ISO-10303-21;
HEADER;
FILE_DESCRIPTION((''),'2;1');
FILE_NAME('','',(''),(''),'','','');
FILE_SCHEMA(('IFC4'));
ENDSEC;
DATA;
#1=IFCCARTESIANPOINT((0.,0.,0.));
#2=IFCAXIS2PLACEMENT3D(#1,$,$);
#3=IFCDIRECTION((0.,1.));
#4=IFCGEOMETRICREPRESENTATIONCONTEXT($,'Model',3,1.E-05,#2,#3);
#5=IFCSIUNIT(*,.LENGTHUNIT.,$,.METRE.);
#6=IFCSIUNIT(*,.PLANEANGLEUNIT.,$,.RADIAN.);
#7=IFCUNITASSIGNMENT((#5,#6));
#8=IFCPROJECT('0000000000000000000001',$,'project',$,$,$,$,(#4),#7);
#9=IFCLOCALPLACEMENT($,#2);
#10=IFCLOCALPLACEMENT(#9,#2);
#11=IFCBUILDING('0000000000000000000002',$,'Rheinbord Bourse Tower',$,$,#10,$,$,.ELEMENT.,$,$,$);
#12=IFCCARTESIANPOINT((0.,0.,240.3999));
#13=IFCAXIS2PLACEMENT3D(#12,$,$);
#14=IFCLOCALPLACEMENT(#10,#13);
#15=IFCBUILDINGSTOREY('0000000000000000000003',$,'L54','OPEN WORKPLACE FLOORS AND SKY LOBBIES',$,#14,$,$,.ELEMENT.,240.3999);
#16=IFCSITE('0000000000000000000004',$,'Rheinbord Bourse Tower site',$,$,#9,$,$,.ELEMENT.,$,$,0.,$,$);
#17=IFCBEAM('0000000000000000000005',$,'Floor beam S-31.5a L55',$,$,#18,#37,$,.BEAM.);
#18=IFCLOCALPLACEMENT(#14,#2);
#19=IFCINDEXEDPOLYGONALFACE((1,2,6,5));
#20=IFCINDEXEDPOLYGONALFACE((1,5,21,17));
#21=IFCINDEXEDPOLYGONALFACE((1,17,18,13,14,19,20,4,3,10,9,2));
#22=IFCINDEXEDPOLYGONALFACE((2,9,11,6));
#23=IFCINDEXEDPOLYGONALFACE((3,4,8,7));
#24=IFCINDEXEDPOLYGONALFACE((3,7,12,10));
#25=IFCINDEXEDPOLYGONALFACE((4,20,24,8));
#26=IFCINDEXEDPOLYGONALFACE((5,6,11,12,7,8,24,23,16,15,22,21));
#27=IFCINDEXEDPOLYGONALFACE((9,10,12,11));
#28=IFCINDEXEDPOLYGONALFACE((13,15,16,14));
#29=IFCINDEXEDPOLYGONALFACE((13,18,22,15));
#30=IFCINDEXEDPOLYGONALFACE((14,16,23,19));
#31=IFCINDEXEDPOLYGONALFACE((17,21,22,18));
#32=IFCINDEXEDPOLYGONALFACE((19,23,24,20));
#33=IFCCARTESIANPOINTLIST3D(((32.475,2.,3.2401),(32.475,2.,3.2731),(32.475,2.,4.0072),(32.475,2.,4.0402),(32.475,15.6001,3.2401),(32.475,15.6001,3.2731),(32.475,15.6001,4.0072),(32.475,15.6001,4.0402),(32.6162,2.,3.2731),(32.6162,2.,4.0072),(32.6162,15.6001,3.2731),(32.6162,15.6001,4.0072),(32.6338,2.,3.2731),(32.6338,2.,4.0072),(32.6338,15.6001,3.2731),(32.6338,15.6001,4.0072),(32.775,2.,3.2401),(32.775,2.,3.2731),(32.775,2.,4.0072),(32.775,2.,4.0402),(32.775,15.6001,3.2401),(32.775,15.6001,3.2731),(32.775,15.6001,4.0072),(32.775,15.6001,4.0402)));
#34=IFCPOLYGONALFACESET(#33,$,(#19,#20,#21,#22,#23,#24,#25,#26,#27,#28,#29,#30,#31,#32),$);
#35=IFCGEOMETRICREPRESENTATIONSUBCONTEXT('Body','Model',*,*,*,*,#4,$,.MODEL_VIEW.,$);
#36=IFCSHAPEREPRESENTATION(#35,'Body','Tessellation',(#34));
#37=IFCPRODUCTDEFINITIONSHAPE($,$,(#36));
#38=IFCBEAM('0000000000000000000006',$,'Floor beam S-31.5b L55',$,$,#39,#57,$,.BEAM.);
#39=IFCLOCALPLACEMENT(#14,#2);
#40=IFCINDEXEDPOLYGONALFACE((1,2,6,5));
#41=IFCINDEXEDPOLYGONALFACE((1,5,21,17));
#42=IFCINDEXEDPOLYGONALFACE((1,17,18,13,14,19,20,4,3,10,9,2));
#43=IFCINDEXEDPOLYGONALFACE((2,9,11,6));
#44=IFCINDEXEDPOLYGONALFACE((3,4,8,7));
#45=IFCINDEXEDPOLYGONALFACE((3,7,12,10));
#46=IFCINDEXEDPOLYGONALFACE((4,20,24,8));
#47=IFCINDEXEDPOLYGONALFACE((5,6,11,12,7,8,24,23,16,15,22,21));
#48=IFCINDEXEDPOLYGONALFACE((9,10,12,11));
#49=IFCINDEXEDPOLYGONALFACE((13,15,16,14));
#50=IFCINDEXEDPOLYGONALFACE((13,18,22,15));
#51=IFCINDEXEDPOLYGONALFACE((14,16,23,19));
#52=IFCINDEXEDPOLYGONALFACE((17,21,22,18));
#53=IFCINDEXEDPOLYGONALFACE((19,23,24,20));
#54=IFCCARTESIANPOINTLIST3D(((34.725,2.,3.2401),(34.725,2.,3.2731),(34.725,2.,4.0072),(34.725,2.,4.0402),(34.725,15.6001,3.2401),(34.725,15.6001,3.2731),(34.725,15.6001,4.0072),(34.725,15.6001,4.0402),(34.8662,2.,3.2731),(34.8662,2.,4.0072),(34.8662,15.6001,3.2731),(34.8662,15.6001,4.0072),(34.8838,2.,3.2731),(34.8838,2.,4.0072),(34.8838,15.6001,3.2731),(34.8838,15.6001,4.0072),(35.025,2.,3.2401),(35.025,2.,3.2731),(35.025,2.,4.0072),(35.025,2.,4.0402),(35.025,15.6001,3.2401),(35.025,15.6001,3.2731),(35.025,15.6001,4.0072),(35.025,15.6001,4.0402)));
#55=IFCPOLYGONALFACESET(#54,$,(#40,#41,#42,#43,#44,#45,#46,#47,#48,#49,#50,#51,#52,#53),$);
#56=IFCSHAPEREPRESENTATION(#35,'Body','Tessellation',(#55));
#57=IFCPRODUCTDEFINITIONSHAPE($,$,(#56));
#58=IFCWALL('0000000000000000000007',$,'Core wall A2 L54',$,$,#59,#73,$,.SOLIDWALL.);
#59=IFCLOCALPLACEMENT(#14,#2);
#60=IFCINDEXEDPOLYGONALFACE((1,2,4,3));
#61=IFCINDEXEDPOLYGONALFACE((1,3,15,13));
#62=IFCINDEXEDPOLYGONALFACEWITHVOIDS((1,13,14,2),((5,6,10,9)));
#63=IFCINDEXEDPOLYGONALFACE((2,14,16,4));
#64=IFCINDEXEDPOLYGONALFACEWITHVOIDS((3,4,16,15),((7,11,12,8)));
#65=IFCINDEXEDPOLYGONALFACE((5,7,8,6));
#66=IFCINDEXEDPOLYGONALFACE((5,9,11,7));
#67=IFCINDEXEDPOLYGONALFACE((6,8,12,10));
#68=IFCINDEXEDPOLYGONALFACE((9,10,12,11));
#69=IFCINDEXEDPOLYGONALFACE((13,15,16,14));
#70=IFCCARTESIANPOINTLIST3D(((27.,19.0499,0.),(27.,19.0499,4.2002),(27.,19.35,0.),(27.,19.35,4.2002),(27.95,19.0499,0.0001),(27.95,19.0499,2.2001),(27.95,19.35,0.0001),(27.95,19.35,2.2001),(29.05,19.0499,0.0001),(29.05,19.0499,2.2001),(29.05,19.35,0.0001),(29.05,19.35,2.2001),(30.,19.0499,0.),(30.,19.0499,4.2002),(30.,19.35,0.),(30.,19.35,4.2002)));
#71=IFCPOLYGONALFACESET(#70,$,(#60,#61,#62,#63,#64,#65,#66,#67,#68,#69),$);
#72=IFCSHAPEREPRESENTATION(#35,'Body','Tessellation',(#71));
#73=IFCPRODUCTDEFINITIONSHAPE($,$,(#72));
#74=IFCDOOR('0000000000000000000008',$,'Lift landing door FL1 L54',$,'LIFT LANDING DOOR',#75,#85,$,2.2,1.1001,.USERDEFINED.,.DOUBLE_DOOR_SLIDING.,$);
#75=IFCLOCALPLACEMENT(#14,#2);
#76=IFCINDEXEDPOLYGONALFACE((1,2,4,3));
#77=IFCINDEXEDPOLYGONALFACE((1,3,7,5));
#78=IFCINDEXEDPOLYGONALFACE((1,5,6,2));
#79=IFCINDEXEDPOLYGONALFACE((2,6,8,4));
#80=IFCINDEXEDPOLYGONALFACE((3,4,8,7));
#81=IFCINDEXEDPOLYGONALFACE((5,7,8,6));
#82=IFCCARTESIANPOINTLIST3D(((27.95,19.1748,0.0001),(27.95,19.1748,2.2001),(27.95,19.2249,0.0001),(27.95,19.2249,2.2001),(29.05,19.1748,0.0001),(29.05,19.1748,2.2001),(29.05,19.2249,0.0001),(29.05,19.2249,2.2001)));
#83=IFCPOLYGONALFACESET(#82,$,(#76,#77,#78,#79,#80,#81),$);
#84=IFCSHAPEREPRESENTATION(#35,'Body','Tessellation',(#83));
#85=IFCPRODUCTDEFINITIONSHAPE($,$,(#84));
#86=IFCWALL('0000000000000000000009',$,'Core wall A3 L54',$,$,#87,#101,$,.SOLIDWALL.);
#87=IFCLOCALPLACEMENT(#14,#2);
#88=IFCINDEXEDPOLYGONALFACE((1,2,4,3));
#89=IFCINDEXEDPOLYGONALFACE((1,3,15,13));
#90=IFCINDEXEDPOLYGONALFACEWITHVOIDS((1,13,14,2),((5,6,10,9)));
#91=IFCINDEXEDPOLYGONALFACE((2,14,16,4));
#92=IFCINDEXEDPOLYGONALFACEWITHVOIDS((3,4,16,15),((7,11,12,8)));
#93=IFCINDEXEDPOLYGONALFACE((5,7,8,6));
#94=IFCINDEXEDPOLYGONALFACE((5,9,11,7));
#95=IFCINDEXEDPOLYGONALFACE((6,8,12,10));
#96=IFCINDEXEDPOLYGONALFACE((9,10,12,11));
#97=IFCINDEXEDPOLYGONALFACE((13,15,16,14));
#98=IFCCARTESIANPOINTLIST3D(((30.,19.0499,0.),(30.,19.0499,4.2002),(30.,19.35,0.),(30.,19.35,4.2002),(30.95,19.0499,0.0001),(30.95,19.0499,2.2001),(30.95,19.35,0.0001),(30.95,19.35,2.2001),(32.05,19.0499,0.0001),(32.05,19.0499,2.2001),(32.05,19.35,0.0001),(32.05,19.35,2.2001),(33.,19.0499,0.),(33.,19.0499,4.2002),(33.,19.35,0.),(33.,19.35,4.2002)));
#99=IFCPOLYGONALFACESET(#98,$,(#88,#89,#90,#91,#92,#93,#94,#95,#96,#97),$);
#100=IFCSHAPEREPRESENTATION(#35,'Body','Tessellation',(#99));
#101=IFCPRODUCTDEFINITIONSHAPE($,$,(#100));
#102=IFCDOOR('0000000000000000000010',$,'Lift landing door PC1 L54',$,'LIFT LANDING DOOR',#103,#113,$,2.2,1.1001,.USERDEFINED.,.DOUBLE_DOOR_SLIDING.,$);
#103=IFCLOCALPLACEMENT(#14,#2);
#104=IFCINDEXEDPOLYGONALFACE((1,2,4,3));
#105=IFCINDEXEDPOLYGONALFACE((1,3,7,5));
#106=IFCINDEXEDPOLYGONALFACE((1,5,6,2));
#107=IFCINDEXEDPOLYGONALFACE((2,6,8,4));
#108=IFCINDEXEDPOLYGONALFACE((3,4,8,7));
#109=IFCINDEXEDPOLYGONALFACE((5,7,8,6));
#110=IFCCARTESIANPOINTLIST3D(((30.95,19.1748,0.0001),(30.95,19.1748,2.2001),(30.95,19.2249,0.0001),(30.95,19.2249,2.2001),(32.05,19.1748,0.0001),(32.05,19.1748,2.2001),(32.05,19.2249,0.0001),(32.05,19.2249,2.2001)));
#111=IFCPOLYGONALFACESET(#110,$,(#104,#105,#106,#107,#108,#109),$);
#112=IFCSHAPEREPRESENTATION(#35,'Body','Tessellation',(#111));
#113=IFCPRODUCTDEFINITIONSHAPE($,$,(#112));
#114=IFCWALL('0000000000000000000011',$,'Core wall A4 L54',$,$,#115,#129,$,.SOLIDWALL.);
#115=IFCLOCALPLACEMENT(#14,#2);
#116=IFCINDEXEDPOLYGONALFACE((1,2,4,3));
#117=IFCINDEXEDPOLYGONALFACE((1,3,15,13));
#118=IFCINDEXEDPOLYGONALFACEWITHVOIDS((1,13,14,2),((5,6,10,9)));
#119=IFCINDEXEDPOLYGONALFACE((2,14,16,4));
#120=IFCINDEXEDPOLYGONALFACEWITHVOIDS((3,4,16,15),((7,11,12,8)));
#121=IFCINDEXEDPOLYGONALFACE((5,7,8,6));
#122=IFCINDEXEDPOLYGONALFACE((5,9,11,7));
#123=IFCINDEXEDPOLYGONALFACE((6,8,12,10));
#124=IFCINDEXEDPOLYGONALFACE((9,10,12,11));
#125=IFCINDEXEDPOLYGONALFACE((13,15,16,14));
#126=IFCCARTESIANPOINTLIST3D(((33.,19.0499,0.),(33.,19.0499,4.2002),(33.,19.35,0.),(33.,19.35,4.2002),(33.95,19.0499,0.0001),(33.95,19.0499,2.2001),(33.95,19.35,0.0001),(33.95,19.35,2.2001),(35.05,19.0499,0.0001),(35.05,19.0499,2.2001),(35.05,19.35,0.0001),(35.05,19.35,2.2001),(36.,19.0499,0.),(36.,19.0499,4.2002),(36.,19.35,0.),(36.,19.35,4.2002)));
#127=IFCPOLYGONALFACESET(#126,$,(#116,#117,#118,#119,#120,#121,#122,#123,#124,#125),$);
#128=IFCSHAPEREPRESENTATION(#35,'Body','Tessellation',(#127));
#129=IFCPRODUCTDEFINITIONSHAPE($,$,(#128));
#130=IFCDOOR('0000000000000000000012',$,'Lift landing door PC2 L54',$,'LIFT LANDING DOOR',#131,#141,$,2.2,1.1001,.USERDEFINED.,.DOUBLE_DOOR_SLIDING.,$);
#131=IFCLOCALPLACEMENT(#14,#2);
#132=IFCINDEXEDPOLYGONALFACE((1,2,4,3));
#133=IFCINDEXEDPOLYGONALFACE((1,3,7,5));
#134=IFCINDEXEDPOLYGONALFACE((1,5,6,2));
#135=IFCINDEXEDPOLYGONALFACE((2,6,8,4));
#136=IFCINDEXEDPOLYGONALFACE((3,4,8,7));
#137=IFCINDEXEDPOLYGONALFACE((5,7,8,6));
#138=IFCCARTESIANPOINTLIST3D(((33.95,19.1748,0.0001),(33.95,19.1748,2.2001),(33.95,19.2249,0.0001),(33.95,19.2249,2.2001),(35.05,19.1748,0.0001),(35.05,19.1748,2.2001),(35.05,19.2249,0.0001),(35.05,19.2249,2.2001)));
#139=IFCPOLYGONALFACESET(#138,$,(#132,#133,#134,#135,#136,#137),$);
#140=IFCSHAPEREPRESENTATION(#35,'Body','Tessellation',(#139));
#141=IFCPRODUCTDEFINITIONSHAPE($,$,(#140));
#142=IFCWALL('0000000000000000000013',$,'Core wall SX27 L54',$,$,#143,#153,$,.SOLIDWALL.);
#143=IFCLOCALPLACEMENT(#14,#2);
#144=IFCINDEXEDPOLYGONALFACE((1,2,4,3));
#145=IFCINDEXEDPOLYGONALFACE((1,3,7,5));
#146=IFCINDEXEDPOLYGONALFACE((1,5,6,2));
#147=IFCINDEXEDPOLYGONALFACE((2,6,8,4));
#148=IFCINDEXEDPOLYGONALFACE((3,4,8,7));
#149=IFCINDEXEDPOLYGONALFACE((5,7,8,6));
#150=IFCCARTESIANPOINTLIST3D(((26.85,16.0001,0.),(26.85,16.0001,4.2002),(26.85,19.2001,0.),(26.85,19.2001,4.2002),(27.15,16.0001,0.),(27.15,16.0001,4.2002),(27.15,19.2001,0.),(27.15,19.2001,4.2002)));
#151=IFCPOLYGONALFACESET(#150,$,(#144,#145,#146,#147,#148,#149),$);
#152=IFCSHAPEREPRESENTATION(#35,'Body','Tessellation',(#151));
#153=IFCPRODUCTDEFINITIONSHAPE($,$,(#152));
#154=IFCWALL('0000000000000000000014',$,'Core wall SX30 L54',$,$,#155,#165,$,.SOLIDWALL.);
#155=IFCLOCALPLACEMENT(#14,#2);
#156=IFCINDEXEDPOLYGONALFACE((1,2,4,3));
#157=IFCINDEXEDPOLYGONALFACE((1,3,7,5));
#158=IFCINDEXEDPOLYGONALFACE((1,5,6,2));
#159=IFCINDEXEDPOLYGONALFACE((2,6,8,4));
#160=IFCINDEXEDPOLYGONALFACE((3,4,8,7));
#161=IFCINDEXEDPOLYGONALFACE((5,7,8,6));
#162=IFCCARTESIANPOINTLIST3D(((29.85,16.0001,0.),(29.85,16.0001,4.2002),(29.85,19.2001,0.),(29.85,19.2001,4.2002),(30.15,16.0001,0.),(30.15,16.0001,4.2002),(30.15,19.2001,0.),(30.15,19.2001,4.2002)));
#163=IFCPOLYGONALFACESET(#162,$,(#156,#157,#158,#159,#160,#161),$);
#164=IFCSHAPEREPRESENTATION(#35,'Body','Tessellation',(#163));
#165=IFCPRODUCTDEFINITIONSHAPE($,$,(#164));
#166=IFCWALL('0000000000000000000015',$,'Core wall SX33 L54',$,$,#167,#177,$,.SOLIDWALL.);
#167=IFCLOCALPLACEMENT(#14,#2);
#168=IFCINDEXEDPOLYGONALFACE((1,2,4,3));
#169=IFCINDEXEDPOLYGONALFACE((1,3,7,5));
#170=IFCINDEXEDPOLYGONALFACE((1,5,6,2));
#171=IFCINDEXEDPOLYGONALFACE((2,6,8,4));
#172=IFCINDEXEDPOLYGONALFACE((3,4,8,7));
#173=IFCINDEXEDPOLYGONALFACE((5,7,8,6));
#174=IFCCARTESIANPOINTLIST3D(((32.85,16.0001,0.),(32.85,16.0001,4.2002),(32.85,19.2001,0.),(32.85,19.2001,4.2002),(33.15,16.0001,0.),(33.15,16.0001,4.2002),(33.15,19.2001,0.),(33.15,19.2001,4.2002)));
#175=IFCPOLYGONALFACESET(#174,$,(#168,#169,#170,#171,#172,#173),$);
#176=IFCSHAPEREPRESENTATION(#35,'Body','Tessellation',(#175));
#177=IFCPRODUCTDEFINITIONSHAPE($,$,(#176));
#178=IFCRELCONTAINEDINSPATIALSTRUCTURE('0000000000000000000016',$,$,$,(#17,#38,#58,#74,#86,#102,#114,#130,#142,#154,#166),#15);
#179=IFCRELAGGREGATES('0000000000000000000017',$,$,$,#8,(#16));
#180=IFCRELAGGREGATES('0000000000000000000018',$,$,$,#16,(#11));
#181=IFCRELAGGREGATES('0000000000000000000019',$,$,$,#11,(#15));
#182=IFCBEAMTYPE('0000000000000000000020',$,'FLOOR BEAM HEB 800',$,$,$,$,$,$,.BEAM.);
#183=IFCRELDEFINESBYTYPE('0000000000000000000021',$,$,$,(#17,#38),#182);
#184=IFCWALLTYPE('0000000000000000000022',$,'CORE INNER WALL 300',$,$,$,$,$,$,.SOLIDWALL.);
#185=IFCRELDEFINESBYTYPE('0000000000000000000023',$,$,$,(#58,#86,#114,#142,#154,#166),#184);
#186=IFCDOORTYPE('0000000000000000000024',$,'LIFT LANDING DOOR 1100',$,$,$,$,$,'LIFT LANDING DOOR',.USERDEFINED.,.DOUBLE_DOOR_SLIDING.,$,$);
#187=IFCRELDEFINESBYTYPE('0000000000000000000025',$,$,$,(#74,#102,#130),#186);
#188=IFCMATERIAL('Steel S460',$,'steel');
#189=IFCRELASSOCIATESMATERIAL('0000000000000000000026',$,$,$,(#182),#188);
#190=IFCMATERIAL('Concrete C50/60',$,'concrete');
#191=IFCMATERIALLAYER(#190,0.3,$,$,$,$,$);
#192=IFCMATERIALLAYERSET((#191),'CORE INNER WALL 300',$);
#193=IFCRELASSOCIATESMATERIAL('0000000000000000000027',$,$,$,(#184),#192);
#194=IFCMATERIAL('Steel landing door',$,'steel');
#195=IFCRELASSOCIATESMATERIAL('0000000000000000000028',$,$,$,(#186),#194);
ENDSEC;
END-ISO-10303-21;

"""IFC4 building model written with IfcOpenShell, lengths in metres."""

from ifc_helpers import new_model, si_unit, direction, frame, frame_2d, origin, origin_2d, place, context, subcontext, project, spatial, rectangle, i_section, extrude, material, layer, layer_set, material_profile, profile_set, type_object, element, fill, save


model = new_model("IFC4")

# Units and contexts
model_context = context("Model", 3, precision=1e-05, world=origin(), true_north=direction((0.0, 1.0)))
body_context = subcontext(model_context, "Body", "Model", "MODEL_VIEW")
ifc_project = project(units=[si_unit("LENGTHUNIT", "METRE"), si_unit("PLANEANGLEUNIT", "RADIAN")], contexts=[model_context])

# Site, building, storey
site_placement = place(None, origin())
site = spatial("IfcSite", under=ifc_project, at=site_placement, Name="Rheinbord Bourse Tower site", CompositionType="ELEMENT", RefElevation=0.0)
building_placement = place(site_placement, origin())
building = spatial("IfcBuilding", under=site, at=building_placement, Name="Rheinbord Bourse Tower", CompositionType="ELEMENT")
storey_placement = place(building_placement, frame((0.0, 0.0, 240.3999)))
storey = spatial("IfcBuildingStorey", under=building, at=storey_placement, Name="L54", Description="OPEN WORKPLACE FLOORS AND SKY LOBBIES", CompositionType="ELEMENT", Elevation=240.3999)

# Beams
ifc_material_1 = material(Name="Steel S460", Category="steel")
ifc_material_profile = material_profile(ifc_material_1, i_section(OverallWidth=0.3, OverallDepth=0.8, WebThickness=0.0176, FlangeThickness=0.033, at=origin_2d()), Name="HEB 800")
ifc_profile_set = profile_set([ifc_material_profile], Name="Steel S460")
beam_type = type_object("IfcBeamType", Name="FLOOR BEAM HEB 800", PredefinedType="BEAM", material=ifc_profile_set)
for number, where, z_axis, x_axis, name in (
    (1, (32.625, 2.0, 3.6401), (0.0, 1.0, 0.0), (-1.0, 0.0, 0.0), "Floor beam S-31.5a L55"),
    (2, (34.875, 2.0, 3.6401), (0.0, 1.0, 0.0), (-1.0, 0.0, 0.0), "Floor beam S-31.5b L55"),
):
    element("IfcBeam", number, at=place(storey_placement, frame(where, z_axis=z_axis, x_axis=x_axis)), inside=storey, type_object=beam_type, Name=name, PredefinedType="BEAM", context=body_context, shape_type="SweptSolid", body=[
        extrude(i_section(OverallWidth=0.3, OverallDepth=0.8, WebThickness=0.0176, FlangeThickness=0.033, at=origin_2d()), origin(), (0.0, 0.0, 1.0), 13.6001),
    ])

# Walls, openings, doors
ifc_material_2 = material(Name="Concrete C50/60", Category="concrete")
ifc_layer_1 = layer(ifc_material_2, 0.3)
ifc_layer_set_1 = layer_set([ifc_layer_1], Name="CORE INNER WALL 300")
wall_type_1 = type_object("IfcWallType", Name="CORE INNER WALL 300", PredefinedType="SOLIDWALL", material=ifc_layer_set_1)
wall_1_placement = place(storey_placement, frame((27.0, 19.2, 0.0), z_axis=(0.0, 0.0, 1.0), x_axis=(1.0, 0.0, 0.0)))
wall_1 = element("IfcWall", 3, at=wall_1_placement, inside=storey, type_object=wall_type_1, Name="Core wall A2 L54", PredefinedType="SOLIDWALL", context=body_context, shape_type="SweptSolid", body=[
    extrude(rectangle(XDim=3.0, YDim=0.3, at=frame_2d((1.5, 0.0))), origin(), (0.0, 0.0, 1.0), 4.2002),
])
opening_1_placement = place(wall_1_placement, frame((0.95, 0.0, 0.0)))
opening_1 = element("IfcOpeningElement", 4, at=opening_1_placement, cuts=wall_1, PredefinedType="OPENING", context=body_context, shape_type="SweptSolid", body=[
    extrude(rectangle(XDim=1.1001, YDim=2.2, at=frame_2d((0.55, 1.1001))), frame((0.0, 0.1599, 0.0), z_axis=(0.0, -1.0, 0.0), x_axis=(1.0, 0.0, 0.0)), (0.0, 0.0, 1.0), 0.3201),
])
ifc_material_3 = material(Name="Steel landing door", Category="steel")
door_type_1 = type_object("IfcDoorType", Name="LIFT LANDING DOOR 1100", ElementType="LIFT LANDING DOOR", OperationType="DOUBLE_DOOR_SLIDING", PredefinedType="USERDEFINED", material=ifc_material_3)
door_1_placement = place(opening_1_placement, origin())
door_1 = element("IfcDoor", 5, at=door_1_placement, inside=storey, type_object=door_type_1, Name="Lift landing door FL1 L54", ObjectType="LIFT LANDING DOOR", OperationType="DOUBLE_DOOR_SLIDING", OverallHeight=2.2, OverallWidth=1.1001, PredefinedType="USERDEFINED", context=body_context, shape_type="SweptSolid", body=[
    extrude(rectangle(XDim=1.1001, YDim=2.2, at=frame_2d((0.55, 1.1001))), frame((0.0, 0.0249, 0.0), z_axis=(0.0, -1.0, 0.0), x_axis=(1.0, 0.0, 0.0)), (0.0, 0.0, 1.0), 0.05),
])
fill(opening_1, door_1)
wall_2_placement = place(storey_placement, frame((30.0, 19.2, 0.0), z_axis=(0.0, 0.0, 1.0), x_axis=(1.0, 0.0, 0.0)))
wall_2 = element("IfcWall", 6, at=wall_2_placement, inside=storey, type_object=wall_type_1, Name="Core wall A3 L54", PredefinedType="SOLIDWALL", context=body_context, shape_type="SweptSolid", body=[
    extrude(rectangle(XDim=3.0, YDim=0.3, at=frame_2d((1.5, 0.0))), origin(), (0.0, 0.0, 1.0), 4.2002),
])
opening_2_placement = place(wall_2_placement, frame((0.95, 0.0, 0.0)))
opening_2 = element("IfcOpeningElement", 7, at=opening_2_placement, cuts=wall_2, PredefinedType="OPENING", context=body_context, shape_type="SweptSolid", body=[
    extrude(rectangle(XDim=1.1001, YDim=2.2, at=frame_2d((0.55, 1.1001))), frame((0.0, 0.1599, 0.0), z_axis=(0.0, -1.0, 0.0), x_axis=(1.0, 0.0, 0.0)), (0.0, 0.0, 1.0), 0.3201),
])
door_2_placement = place(opening_2_placement, origin())
door_2 = element("IfcDoor", 8, at=door_2_placement, inside=storey, type_object=door_type_1, Name="Lift landing door PC1 L54", ObjectType="LIFT LANDING DOOR", OperationType="DOUBLE_DOOR_SLIDING", OverallHeight=2.2, OverallWidth=1.1001, PredefinedType="USERDEFINED", context=body_context, shape_type="SweptSolid", body=[
    extrude(rectangle(XDim=1.1001, YDim=2.2, at=frame_2d((0.55, 1.1001))), frame((0.0, 0.0249, 0.0), z_axis=(0.0, -1.0, 0.0), x_axis=(1.0, 0.0, 0.0)), (0.0, 0.0, 1.0), 0.05),
])
fill(opening_2, door_2)
wall_3_placement = place(storey_placement, frame((33.0, 19.2, 0.0), z_axis=(0.0, 0.0, 1.0), x_axis=(1.0, 0.0, 0.0)))
wall_3 = element("IfcWall", 9, at=wall_3_placement, inside=storey, type_object=wall_type_1, Name="Core wall A4 L54", PredefinedType="SOLIDWALL", context=body_context, shape_type="SweptSolid", body=[
    extrude(rectangle(XDim=3.0, YDim=0.3, at=frame_2d((1.5, 0.0))), origin(), (0.0, 0.0, 1.0), 4.2002),
])
opening_3_placement = place(wall_3_placement, frame((0.95, 0.0, 0.0)))
opening_3 = element("IfcOpeningElement", 10, at=opening_3_placement, cuts=wall_3, PredefinedType="OPENING", context=body_context, shape_type="SweptSolid", body=[
    extrude(rectangle(XDim=1.1001, YDim=2.2, at=frame_2d((0.55, 1.1001))), frame((0.0, 0.1599, 0.0), z_axis=(0.0, -1.0, 0.0), x_axis=(1.0, 0.0, 0.0)), (0.0, 0.0, 1.0), 0.3201),
])
door_3_placement = place(opening_3_placement, origin())
door_3 = element("IfcDoor", 11, at=door_3_placement, inside=storey, type_object=door_type_1, Name="Lift landing door PC2 L54", ObjectType="LIFT LANDING DOOR", OperationType="DOUBLE_DOOR_SLIDING", OverallHeight=2.2, OverallWidth=1.1001, PredefinedType="USERDEFINED", context=body_context, shape_type="SweptSolid", body=[
    extrude(rectangle(XDim=1.1001, YDim=2.2, at=frame_2d((0.55, 1.1001))), frame((0.0, 0.0249, 0.0), z_axis=(0.0, -1.0, 0.0), x_axis=(1.0, 0.0, 0.0)), (0.0, 0.0, 1.0), 0.05),
])
fill(opening_3, door_3)

# Walls
for number, where, z_axis, x_axis, name in (
    (12, (27.0, 16.0, 0.0), (0.0, 0.0, 1.0), (0.0, 1.0, 0.0), "Core wall SX27 L54"),
    (13, (30.0, 16.0, 0.0), (0.0, 0.0, 1.0), (0.0, 1.0, 0.0), "Core wall SX30 L54"),
    (14, (33.0, 16.0, 0.0), (0.0, 0.0, 1.0), (0.0, 1.0, 0.0), "Core wall SX33 L54"),
):
    element("IfcWall", number, at=place(storey_placement, frame(where, z_axis=z_axis, x_axis=x_axis)), inside=storey, type_object=wall_type_1, Name=name, PredefinedType="SOLIDWALL", context=body_context, shape_type="SweptSolid", body=[
        extrude(rectangle(XDim=3.2, YDim=0.3, at=frame_2d((1.6001, 0.0))), origin(), (0.0, 0.0, 1.0), 4.2002),
    ])

save(model, "model.ifc")
